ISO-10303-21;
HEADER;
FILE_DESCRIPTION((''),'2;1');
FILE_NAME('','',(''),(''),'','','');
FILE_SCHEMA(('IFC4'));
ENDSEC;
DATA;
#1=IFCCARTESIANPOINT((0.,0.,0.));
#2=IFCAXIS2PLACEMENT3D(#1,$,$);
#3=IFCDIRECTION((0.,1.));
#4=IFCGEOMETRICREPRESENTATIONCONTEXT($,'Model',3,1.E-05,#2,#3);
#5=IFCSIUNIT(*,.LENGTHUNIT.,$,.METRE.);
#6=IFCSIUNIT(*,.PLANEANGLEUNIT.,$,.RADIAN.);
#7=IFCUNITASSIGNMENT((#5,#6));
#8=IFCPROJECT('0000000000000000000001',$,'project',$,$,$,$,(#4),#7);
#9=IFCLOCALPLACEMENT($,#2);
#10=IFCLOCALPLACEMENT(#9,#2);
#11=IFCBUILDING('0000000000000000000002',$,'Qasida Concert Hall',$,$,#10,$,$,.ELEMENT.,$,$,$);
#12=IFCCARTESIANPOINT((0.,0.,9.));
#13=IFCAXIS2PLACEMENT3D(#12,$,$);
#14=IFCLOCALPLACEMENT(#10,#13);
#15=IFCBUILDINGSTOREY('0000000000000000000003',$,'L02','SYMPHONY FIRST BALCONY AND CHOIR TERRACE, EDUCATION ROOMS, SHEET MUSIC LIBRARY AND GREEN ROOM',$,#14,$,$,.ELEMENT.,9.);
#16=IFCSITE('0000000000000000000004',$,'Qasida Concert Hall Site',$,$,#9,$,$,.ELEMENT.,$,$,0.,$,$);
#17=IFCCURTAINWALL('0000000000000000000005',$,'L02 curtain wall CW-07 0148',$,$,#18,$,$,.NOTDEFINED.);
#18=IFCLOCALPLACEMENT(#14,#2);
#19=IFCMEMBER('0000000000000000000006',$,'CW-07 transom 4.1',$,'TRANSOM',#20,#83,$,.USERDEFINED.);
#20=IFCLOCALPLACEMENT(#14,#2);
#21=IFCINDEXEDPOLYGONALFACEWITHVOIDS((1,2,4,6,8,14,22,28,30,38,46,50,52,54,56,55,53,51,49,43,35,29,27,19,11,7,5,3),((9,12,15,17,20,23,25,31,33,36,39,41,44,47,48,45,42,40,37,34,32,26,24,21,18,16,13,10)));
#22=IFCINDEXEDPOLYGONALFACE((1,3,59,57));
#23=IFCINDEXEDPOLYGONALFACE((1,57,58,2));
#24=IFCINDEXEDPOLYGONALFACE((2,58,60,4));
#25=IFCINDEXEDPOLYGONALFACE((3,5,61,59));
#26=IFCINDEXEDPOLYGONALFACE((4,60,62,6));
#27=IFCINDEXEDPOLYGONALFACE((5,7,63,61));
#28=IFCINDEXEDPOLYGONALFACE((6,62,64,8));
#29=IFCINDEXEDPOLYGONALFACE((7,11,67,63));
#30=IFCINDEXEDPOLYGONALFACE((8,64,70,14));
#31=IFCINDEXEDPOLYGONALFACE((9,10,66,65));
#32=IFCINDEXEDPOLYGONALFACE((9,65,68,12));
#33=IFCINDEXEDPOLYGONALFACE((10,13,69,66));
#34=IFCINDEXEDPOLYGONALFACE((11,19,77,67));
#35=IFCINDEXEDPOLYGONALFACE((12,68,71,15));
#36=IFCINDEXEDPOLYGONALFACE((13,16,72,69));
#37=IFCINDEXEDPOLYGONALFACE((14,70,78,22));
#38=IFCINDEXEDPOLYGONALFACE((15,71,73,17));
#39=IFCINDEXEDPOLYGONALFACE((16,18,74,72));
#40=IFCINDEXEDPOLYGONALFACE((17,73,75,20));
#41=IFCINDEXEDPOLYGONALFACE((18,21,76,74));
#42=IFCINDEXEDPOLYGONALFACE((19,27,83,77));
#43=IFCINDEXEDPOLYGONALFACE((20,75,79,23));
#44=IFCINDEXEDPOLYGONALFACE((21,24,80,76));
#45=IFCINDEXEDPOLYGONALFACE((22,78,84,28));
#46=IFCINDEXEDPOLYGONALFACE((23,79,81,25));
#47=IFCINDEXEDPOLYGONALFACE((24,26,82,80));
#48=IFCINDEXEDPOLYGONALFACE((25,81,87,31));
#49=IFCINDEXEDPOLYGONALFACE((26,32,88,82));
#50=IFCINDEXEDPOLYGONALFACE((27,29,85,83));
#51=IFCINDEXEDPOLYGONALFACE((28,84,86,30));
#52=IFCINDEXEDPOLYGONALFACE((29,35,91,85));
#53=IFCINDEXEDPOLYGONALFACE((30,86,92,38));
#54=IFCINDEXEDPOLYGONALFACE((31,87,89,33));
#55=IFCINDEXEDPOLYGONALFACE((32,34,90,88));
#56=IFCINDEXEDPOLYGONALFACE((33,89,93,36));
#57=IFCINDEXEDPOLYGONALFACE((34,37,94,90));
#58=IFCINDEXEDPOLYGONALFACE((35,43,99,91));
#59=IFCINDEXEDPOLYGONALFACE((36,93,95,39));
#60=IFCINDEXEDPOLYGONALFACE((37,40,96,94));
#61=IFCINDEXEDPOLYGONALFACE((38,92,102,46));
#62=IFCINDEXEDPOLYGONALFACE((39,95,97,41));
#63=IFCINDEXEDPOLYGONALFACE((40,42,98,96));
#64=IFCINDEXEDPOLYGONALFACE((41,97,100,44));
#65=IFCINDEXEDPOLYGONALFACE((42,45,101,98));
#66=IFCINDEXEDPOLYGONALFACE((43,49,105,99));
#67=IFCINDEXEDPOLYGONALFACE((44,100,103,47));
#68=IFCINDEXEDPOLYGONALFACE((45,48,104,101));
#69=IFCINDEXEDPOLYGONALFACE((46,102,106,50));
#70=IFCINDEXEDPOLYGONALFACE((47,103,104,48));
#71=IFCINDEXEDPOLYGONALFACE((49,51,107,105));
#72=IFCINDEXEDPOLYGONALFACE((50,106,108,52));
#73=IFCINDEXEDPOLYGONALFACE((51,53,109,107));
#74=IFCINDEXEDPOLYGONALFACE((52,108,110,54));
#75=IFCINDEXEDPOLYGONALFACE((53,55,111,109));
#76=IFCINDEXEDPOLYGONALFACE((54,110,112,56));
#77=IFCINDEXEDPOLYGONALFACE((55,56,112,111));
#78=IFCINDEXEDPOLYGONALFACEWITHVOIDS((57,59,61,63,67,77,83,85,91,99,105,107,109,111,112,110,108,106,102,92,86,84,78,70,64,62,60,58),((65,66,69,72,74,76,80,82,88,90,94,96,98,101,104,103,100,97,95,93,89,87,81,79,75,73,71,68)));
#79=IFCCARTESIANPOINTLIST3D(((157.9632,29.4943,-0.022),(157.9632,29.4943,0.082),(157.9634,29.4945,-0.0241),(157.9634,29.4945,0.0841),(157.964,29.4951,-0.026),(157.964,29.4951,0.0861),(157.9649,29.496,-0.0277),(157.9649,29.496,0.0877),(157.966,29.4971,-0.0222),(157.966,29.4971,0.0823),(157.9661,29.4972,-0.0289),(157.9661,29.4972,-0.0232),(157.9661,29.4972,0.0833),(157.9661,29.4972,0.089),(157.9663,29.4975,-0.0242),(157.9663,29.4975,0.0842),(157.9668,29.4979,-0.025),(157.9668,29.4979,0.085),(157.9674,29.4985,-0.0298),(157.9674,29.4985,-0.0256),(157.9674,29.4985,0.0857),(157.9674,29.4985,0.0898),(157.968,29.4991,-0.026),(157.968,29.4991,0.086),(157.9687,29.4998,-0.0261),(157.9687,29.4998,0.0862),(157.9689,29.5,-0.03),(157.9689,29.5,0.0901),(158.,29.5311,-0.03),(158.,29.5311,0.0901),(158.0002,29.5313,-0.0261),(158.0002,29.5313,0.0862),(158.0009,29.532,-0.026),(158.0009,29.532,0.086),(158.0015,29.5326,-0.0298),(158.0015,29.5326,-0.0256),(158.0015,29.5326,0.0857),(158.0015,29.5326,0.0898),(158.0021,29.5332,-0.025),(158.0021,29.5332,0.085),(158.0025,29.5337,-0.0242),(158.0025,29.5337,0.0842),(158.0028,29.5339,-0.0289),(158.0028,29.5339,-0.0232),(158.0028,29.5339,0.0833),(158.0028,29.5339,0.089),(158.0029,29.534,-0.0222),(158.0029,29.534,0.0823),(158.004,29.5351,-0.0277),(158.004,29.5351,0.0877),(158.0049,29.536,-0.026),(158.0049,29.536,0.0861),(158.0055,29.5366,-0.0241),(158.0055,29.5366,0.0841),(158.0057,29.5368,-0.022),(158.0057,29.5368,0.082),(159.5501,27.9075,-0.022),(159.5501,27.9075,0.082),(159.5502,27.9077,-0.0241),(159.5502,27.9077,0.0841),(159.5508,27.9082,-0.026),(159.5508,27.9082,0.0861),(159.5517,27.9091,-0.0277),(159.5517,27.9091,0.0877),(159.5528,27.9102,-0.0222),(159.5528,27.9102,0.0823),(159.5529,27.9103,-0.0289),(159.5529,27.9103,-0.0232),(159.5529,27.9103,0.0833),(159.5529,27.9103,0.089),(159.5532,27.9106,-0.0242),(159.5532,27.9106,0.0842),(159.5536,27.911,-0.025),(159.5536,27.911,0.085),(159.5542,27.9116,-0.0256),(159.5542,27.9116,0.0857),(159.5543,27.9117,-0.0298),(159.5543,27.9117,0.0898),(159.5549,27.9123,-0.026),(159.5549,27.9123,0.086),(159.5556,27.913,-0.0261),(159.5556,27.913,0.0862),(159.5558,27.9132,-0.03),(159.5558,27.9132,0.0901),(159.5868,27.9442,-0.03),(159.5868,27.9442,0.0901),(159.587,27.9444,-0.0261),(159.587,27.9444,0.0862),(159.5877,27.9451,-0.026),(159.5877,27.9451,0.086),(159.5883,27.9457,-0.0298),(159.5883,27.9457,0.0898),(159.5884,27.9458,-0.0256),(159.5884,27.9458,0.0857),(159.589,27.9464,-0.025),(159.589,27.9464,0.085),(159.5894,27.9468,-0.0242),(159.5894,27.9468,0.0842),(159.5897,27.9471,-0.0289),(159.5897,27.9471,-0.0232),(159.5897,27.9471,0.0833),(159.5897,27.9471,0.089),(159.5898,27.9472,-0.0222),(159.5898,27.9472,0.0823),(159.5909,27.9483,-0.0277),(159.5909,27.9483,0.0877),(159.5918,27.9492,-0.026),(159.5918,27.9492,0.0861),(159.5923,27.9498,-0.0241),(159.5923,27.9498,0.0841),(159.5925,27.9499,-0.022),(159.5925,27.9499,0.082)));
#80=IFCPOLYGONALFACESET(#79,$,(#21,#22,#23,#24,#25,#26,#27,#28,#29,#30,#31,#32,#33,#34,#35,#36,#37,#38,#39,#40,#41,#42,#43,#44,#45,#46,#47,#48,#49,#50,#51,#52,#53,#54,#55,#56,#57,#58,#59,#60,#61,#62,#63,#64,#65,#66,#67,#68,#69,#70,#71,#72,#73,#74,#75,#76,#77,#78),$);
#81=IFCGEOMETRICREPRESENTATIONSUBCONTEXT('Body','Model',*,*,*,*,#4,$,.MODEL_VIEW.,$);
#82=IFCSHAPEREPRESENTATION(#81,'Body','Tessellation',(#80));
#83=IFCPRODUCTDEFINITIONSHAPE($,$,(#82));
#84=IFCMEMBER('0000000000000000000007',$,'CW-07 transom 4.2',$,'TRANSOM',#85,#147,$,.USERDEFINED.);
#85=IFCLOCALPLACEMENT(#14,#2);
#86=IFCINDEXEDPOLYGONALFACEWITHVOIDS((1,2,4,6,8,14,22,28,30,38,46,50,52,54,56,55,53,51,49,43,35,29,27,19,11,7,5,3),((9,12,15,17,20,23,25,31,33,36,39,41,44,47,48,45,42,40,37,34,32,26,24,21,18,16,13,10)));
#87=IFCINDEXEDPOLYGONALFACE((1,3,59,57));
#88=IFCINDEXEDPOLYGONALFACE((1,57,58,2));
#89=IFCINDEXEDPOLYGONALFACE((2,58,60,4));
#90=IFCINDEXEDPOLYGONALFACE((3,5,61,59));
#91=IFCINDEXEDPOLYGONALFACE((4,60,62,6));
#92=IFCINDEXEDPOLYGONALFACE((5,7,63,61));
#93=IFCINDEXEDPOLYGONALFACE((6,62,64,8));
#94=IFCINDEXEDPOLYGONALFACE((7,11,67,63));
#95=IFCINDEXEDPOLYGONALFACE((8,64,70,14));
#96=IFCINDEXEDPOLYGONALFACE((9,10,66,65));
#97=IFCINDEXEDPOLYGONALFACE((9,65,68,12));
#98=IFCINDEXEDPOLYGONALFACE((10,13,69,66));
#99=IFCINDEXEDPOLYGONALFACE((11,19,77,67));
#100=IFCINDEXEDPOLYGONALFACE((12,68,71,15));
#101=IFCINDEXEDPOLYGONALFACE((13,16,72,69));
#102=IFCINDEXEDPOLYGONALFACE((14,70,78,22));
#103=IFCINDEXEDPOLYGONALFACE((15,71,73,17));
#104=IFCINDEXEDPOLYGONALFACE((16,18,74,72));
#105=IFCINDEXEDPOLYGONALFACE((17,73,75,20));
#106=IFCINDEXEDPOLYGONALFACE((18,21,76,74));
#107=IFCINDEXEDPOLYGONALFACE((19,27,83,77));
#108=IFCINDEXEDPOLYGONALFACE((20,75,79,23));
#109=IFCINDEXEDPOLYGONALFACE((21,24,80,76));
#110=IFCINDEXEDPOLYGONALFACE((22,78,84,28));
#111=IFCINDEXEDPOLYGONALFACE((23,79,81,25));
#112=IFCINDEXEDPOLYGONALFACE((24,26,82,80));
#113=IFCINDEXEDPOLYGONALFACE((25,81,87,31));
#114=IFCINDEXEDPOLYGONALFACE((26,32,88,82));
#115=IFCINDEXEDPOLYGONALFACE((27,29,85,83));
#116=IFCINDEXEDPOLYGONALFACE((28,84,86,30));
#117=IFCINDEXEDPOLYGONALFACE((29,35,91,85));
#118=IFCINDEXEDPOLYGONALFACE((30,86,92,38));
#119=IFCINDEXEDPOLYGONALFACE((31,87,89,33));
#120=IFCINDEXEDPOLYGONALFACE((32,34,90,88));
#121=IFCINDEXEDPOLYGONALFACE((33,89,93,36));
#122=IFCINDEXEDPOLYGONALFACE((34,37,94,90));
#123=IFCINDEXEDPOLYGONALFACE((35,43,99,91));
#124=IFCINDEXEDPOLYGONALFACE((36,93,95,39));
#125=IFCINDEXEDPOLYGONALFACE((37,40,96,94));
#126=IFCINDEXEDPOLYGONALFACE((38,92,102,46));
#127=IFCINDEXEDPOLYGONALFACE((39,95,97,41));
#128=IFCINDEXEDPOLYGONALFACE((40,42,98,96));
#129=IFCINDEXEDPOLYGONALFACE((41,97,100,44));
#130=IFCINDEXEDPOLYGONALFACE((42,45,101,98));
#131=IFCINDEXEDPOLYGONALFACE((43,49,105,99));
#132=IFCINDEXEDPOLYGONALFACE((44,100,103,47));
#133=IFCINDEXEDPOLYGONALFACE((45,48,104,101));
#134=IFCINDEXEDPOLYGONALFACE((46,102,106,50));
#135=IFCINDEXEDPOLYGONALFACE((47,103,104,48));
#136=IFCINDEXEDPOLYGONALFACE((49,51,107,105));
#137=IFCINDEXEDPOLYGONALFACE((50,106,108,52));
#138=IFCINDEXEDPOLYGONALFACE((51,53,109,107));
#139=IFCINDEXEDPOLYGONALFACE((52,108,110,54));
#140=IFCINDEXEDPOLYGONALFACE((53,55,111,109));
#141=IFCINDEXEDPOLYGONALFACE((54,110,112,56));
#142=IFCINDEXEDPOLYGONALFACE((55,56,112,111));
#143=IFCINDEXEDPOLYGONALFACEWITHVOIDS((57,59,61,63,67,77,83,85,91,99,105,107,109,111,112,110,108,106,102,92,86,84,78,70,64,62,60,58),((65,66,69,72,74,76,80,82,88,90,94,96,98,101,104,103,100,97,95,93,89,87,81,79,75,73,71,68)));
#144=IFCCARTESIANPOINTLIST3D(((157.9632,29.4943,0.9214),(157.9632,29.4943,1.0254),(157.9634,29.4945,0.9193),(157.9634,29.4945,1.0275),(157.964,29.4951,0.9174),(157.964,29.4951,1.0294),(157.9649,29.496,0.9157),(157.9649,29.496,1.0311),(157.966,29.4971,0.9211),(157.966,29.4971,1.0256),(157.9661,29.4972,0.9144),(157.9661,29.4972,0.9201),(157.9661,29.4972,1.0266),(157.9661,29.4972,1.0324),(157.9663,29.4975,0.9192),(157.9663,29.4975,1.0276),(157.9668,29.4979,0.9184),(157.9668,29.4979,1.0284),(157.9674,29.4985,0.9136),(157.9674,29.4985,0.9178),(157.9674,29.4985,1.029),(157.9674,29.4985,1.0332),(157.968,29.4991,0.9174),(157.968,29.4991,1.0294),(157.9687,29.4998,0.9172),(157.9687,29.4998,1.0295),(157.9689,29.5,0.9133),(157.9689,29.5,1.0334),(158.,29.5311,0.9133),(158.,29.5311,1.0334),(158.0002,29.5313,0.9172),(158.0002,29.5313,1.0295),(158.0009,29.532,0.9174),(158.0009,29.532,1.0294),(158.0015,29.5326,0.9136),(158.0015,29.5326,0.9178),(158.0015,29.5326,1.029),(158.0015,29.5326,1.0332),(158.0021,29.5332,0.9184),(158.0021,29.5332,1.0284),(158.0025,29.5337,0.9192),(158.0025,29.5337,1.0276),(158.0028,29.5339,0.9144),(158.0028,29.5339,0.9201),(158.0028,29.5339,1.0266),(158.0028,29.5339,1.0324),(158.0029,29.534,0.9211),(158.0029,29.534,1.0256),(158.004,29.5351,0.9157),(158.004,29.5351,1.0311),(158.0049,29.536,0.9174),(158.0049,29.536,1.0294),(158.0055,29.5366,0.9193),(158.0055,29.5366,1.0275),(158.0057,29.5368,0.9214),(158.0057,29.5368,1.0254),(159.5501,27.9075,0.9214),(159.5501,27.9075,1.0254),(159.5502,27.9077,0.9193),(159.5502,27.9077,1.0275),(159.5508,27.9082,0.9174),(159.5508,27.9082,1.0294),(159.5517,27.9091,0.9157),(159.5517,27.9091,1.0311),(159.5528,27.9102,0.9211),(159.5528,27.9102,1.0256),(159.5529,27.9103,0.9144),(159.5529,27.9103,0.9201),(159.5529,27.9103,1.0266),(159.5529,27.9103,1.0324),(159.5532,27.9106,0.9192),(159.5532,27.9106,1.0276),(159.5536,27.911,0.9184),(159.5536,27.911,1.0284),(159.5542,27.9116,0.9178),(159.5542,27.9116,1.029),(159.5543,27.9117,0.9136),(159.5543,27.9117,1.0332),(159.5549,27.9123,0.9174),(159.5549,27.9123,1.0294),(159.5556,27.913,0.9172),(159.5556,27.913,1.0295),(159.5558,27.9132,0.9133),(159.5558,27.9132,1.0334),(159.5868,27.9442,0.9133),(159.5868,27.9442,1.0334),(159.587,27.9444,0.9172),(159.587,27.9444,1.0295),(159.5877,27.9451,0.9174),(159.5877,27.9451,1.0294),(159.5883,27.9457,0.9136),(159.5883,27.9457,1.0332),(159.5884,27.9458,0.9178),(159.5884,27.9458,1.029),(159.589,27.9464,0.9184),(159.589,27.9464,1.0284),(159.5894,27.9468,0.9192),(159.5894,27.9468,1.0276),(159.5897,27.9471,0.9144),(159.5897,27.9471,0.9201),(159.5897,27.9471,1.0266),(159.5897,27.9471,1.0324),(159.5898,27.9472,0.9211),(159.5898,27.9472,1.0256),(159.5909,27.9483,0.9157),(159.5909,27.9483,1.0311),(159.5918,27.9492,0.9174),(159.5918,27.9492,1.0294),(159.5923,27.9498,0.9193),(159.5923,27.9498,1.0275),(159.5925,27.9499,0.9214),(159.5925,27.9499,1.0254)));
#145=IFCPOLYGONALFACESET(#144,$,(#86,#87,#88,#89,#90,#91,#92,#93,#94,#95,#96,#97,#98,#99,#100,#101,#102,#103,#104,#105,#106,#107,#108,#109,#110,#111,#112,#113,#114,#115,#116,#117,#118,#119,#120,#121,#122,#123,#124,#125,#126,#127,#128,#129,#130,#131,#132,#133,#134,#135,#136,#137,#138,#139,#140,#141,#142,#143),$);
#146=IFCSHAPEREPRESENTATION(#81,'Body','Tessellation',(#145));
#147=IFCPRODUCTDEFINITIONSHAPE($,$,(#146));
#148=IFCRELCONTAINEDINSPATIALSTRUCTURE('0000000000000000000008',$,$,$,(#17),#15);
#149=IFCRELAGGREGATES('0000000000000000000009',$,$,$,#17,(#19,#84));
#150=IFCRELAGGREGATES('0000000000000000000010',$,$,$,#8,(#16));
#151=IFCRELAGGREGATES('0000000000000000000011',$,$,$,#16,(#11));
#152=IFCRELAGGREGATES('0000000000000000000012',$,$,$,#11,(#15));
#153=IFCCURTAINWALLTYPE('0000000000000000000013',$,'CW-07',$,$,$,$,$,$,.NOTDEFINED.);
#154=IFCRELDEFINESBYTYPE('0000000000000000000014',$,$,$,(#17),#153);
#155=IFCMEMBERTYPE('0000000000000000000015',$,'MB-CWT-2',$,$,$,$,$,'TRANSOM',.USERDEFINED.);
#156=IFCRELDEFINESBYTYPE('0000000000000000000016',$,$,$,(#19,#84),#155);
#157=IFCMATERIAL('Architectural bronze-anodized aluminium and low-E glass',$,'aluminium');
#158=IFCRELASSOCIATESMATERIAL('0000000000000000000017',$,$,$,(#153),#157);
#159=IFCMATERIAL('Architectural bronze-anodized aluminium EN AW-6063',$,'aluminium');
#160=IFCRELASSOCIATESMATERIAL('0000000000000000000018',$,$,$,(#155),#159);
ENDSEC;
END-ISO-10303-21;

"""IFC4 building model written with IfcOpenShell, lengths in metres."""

from ifc_helpers import new_model, si_unit, direction, frame, origin, origin_2d, place, context, subcontext, project, spatial, hollow_rectangle, extrude, material, material_profile, profile_set, type_object, element, aggregate, save


model = new_model("IFC4")

# Units and contexts
model_context = context("Model", 3, precision=1e-05, world=origin(), true_north=direction((0.0, 1.0)))
body_context = subcontext(model_context, "Body", "Model", "MODEL_VIEW")
ifc_project = project(units=[si_unit("LENGTHUNIT", "METRE"), si_unit("PLANEANGLEUNIT", "RADIAN")], contexts=[model_context])

# Site, building, storey
site_placement = place(None, origin())
site = spatial("IfcSite", under=ifc_project, at=site_placement, Name="Qasida Concert Hall Site", CompositionType="ELEMENT", RefElevation=0.0)
building_placement = place(site_placement, origin())
building = spatial("IfcBuilding", under=site, at=building_placement, Name="Qasida Concert Hall", CompositionType="ELEMENT")
storey_placement = place(building_placement, frame((0.0, 0.0, 9.0)))
storey = spatial("IfcBuildingStorey", under=building, at=storey_placement, Name="L02", Description="SYMPHONY FIRST BALCONY AND CHOIR TERRACE, EDUCATION ROOMS, SHEET MUSIC LIBRARY AND GREEN ROOM", CompositionType="ELEMENT", Elevation=9.0)

# Curtain wall, members
ifc_material_1 = material(Name="Architectural bronze-anodized aluminium and low-E glass", Category="aluminium")
curtain_wall_type = type_object("IfcCurtainWallType", Name="CW-07", PredefinedType="NOTDEFINED", material=ifc_material_1)
curtain_wall_placement = place(storey_placement, origin())
curtain_wall = element("IfcCurtainWall", 1, at=curtain_wall_placement, inside=storey, type_object=curtain_wall_type, Name="L02 curtain wall CW-07 0148", PredefinedType="NOTDEFINED")
ifc_material_2 = material(Name="Architectural bronze-anodized aluminium EN AW-6063", Category="aluminium")
ifc_material_profile_1 = material_profile(ifc_material_2, hollow_rectangle(XDim=0.0601, YDim=0.1201, WallThickness=0.0039, InnerFilletRadius=0.0039, OuterFilletRadius=0.0081, at=origin_2d()), Name="CWT 120x60x4")
ifc_profile_set_1 = profile_set([ifc_material_profile_1], Name="Architectural bronze-anodized aluminium EN AW-6063")
member_type_1 = type_object("IfcMemberType", Name="MB-CWT-2", ElementType="TRANSOM", PredefinedType="USERDEFINED", material=ifc_profile_set_1)
member_1_placement = place(storey_placement, frame((159.5713, 27.9287, 0.03), z_axis=(-0.707107, 0.707107, 0.0), x_axis=(-0.707107, -0.707107, 0.0)))
member_1 = element("IfcMember", 2, at=member_1_placement, type_object=member_type_1, Name="CW-07 transom 4.1", ObjectType="TRANSOM", PredefinedType="USERDEFINED", context=body_context, shape_type="SweptSolid", body=[
    extrude(hollow_rectangle(XDim=0.0601, YDim=0.1201, WallThickness=0.0039, InnerFilletRadius=0.0039, OuterFilletRadius=0.0081, at=origin_2d()), origin(), (0.0, 0.0, 1.0), 2.2441),
])
member_2_placement = place(storey_placement, frame((159.5713, 27.9287, 0.9734), z_axis=(-0.707107, 0.707107, 0.0), x_axis=(-0.707107, -0.707107, 0.0)))
member_2 = element("IfcMember", 3, at=member_2_placement, type_object=member_type_1, Name="CW-07 transom 4.2", ObjectType="TRANSOM", PredefinedType="USERDEFINED", context=body_context, shape_type="SweptSolid", body=[
    extrude(hollow_rectangle(XDim=0.0601, YDim=0.1201, WallThickness=0.0039, InnerFilletRadius=0.0039, OuterFilletRadius=0.0081, at=origin_2d()), origin(), (0.0, 0.0, 1.0), 2.2441),
])
aggregate(curtain_wall, [member_1, member_2])

save(model, "model.ifc")
